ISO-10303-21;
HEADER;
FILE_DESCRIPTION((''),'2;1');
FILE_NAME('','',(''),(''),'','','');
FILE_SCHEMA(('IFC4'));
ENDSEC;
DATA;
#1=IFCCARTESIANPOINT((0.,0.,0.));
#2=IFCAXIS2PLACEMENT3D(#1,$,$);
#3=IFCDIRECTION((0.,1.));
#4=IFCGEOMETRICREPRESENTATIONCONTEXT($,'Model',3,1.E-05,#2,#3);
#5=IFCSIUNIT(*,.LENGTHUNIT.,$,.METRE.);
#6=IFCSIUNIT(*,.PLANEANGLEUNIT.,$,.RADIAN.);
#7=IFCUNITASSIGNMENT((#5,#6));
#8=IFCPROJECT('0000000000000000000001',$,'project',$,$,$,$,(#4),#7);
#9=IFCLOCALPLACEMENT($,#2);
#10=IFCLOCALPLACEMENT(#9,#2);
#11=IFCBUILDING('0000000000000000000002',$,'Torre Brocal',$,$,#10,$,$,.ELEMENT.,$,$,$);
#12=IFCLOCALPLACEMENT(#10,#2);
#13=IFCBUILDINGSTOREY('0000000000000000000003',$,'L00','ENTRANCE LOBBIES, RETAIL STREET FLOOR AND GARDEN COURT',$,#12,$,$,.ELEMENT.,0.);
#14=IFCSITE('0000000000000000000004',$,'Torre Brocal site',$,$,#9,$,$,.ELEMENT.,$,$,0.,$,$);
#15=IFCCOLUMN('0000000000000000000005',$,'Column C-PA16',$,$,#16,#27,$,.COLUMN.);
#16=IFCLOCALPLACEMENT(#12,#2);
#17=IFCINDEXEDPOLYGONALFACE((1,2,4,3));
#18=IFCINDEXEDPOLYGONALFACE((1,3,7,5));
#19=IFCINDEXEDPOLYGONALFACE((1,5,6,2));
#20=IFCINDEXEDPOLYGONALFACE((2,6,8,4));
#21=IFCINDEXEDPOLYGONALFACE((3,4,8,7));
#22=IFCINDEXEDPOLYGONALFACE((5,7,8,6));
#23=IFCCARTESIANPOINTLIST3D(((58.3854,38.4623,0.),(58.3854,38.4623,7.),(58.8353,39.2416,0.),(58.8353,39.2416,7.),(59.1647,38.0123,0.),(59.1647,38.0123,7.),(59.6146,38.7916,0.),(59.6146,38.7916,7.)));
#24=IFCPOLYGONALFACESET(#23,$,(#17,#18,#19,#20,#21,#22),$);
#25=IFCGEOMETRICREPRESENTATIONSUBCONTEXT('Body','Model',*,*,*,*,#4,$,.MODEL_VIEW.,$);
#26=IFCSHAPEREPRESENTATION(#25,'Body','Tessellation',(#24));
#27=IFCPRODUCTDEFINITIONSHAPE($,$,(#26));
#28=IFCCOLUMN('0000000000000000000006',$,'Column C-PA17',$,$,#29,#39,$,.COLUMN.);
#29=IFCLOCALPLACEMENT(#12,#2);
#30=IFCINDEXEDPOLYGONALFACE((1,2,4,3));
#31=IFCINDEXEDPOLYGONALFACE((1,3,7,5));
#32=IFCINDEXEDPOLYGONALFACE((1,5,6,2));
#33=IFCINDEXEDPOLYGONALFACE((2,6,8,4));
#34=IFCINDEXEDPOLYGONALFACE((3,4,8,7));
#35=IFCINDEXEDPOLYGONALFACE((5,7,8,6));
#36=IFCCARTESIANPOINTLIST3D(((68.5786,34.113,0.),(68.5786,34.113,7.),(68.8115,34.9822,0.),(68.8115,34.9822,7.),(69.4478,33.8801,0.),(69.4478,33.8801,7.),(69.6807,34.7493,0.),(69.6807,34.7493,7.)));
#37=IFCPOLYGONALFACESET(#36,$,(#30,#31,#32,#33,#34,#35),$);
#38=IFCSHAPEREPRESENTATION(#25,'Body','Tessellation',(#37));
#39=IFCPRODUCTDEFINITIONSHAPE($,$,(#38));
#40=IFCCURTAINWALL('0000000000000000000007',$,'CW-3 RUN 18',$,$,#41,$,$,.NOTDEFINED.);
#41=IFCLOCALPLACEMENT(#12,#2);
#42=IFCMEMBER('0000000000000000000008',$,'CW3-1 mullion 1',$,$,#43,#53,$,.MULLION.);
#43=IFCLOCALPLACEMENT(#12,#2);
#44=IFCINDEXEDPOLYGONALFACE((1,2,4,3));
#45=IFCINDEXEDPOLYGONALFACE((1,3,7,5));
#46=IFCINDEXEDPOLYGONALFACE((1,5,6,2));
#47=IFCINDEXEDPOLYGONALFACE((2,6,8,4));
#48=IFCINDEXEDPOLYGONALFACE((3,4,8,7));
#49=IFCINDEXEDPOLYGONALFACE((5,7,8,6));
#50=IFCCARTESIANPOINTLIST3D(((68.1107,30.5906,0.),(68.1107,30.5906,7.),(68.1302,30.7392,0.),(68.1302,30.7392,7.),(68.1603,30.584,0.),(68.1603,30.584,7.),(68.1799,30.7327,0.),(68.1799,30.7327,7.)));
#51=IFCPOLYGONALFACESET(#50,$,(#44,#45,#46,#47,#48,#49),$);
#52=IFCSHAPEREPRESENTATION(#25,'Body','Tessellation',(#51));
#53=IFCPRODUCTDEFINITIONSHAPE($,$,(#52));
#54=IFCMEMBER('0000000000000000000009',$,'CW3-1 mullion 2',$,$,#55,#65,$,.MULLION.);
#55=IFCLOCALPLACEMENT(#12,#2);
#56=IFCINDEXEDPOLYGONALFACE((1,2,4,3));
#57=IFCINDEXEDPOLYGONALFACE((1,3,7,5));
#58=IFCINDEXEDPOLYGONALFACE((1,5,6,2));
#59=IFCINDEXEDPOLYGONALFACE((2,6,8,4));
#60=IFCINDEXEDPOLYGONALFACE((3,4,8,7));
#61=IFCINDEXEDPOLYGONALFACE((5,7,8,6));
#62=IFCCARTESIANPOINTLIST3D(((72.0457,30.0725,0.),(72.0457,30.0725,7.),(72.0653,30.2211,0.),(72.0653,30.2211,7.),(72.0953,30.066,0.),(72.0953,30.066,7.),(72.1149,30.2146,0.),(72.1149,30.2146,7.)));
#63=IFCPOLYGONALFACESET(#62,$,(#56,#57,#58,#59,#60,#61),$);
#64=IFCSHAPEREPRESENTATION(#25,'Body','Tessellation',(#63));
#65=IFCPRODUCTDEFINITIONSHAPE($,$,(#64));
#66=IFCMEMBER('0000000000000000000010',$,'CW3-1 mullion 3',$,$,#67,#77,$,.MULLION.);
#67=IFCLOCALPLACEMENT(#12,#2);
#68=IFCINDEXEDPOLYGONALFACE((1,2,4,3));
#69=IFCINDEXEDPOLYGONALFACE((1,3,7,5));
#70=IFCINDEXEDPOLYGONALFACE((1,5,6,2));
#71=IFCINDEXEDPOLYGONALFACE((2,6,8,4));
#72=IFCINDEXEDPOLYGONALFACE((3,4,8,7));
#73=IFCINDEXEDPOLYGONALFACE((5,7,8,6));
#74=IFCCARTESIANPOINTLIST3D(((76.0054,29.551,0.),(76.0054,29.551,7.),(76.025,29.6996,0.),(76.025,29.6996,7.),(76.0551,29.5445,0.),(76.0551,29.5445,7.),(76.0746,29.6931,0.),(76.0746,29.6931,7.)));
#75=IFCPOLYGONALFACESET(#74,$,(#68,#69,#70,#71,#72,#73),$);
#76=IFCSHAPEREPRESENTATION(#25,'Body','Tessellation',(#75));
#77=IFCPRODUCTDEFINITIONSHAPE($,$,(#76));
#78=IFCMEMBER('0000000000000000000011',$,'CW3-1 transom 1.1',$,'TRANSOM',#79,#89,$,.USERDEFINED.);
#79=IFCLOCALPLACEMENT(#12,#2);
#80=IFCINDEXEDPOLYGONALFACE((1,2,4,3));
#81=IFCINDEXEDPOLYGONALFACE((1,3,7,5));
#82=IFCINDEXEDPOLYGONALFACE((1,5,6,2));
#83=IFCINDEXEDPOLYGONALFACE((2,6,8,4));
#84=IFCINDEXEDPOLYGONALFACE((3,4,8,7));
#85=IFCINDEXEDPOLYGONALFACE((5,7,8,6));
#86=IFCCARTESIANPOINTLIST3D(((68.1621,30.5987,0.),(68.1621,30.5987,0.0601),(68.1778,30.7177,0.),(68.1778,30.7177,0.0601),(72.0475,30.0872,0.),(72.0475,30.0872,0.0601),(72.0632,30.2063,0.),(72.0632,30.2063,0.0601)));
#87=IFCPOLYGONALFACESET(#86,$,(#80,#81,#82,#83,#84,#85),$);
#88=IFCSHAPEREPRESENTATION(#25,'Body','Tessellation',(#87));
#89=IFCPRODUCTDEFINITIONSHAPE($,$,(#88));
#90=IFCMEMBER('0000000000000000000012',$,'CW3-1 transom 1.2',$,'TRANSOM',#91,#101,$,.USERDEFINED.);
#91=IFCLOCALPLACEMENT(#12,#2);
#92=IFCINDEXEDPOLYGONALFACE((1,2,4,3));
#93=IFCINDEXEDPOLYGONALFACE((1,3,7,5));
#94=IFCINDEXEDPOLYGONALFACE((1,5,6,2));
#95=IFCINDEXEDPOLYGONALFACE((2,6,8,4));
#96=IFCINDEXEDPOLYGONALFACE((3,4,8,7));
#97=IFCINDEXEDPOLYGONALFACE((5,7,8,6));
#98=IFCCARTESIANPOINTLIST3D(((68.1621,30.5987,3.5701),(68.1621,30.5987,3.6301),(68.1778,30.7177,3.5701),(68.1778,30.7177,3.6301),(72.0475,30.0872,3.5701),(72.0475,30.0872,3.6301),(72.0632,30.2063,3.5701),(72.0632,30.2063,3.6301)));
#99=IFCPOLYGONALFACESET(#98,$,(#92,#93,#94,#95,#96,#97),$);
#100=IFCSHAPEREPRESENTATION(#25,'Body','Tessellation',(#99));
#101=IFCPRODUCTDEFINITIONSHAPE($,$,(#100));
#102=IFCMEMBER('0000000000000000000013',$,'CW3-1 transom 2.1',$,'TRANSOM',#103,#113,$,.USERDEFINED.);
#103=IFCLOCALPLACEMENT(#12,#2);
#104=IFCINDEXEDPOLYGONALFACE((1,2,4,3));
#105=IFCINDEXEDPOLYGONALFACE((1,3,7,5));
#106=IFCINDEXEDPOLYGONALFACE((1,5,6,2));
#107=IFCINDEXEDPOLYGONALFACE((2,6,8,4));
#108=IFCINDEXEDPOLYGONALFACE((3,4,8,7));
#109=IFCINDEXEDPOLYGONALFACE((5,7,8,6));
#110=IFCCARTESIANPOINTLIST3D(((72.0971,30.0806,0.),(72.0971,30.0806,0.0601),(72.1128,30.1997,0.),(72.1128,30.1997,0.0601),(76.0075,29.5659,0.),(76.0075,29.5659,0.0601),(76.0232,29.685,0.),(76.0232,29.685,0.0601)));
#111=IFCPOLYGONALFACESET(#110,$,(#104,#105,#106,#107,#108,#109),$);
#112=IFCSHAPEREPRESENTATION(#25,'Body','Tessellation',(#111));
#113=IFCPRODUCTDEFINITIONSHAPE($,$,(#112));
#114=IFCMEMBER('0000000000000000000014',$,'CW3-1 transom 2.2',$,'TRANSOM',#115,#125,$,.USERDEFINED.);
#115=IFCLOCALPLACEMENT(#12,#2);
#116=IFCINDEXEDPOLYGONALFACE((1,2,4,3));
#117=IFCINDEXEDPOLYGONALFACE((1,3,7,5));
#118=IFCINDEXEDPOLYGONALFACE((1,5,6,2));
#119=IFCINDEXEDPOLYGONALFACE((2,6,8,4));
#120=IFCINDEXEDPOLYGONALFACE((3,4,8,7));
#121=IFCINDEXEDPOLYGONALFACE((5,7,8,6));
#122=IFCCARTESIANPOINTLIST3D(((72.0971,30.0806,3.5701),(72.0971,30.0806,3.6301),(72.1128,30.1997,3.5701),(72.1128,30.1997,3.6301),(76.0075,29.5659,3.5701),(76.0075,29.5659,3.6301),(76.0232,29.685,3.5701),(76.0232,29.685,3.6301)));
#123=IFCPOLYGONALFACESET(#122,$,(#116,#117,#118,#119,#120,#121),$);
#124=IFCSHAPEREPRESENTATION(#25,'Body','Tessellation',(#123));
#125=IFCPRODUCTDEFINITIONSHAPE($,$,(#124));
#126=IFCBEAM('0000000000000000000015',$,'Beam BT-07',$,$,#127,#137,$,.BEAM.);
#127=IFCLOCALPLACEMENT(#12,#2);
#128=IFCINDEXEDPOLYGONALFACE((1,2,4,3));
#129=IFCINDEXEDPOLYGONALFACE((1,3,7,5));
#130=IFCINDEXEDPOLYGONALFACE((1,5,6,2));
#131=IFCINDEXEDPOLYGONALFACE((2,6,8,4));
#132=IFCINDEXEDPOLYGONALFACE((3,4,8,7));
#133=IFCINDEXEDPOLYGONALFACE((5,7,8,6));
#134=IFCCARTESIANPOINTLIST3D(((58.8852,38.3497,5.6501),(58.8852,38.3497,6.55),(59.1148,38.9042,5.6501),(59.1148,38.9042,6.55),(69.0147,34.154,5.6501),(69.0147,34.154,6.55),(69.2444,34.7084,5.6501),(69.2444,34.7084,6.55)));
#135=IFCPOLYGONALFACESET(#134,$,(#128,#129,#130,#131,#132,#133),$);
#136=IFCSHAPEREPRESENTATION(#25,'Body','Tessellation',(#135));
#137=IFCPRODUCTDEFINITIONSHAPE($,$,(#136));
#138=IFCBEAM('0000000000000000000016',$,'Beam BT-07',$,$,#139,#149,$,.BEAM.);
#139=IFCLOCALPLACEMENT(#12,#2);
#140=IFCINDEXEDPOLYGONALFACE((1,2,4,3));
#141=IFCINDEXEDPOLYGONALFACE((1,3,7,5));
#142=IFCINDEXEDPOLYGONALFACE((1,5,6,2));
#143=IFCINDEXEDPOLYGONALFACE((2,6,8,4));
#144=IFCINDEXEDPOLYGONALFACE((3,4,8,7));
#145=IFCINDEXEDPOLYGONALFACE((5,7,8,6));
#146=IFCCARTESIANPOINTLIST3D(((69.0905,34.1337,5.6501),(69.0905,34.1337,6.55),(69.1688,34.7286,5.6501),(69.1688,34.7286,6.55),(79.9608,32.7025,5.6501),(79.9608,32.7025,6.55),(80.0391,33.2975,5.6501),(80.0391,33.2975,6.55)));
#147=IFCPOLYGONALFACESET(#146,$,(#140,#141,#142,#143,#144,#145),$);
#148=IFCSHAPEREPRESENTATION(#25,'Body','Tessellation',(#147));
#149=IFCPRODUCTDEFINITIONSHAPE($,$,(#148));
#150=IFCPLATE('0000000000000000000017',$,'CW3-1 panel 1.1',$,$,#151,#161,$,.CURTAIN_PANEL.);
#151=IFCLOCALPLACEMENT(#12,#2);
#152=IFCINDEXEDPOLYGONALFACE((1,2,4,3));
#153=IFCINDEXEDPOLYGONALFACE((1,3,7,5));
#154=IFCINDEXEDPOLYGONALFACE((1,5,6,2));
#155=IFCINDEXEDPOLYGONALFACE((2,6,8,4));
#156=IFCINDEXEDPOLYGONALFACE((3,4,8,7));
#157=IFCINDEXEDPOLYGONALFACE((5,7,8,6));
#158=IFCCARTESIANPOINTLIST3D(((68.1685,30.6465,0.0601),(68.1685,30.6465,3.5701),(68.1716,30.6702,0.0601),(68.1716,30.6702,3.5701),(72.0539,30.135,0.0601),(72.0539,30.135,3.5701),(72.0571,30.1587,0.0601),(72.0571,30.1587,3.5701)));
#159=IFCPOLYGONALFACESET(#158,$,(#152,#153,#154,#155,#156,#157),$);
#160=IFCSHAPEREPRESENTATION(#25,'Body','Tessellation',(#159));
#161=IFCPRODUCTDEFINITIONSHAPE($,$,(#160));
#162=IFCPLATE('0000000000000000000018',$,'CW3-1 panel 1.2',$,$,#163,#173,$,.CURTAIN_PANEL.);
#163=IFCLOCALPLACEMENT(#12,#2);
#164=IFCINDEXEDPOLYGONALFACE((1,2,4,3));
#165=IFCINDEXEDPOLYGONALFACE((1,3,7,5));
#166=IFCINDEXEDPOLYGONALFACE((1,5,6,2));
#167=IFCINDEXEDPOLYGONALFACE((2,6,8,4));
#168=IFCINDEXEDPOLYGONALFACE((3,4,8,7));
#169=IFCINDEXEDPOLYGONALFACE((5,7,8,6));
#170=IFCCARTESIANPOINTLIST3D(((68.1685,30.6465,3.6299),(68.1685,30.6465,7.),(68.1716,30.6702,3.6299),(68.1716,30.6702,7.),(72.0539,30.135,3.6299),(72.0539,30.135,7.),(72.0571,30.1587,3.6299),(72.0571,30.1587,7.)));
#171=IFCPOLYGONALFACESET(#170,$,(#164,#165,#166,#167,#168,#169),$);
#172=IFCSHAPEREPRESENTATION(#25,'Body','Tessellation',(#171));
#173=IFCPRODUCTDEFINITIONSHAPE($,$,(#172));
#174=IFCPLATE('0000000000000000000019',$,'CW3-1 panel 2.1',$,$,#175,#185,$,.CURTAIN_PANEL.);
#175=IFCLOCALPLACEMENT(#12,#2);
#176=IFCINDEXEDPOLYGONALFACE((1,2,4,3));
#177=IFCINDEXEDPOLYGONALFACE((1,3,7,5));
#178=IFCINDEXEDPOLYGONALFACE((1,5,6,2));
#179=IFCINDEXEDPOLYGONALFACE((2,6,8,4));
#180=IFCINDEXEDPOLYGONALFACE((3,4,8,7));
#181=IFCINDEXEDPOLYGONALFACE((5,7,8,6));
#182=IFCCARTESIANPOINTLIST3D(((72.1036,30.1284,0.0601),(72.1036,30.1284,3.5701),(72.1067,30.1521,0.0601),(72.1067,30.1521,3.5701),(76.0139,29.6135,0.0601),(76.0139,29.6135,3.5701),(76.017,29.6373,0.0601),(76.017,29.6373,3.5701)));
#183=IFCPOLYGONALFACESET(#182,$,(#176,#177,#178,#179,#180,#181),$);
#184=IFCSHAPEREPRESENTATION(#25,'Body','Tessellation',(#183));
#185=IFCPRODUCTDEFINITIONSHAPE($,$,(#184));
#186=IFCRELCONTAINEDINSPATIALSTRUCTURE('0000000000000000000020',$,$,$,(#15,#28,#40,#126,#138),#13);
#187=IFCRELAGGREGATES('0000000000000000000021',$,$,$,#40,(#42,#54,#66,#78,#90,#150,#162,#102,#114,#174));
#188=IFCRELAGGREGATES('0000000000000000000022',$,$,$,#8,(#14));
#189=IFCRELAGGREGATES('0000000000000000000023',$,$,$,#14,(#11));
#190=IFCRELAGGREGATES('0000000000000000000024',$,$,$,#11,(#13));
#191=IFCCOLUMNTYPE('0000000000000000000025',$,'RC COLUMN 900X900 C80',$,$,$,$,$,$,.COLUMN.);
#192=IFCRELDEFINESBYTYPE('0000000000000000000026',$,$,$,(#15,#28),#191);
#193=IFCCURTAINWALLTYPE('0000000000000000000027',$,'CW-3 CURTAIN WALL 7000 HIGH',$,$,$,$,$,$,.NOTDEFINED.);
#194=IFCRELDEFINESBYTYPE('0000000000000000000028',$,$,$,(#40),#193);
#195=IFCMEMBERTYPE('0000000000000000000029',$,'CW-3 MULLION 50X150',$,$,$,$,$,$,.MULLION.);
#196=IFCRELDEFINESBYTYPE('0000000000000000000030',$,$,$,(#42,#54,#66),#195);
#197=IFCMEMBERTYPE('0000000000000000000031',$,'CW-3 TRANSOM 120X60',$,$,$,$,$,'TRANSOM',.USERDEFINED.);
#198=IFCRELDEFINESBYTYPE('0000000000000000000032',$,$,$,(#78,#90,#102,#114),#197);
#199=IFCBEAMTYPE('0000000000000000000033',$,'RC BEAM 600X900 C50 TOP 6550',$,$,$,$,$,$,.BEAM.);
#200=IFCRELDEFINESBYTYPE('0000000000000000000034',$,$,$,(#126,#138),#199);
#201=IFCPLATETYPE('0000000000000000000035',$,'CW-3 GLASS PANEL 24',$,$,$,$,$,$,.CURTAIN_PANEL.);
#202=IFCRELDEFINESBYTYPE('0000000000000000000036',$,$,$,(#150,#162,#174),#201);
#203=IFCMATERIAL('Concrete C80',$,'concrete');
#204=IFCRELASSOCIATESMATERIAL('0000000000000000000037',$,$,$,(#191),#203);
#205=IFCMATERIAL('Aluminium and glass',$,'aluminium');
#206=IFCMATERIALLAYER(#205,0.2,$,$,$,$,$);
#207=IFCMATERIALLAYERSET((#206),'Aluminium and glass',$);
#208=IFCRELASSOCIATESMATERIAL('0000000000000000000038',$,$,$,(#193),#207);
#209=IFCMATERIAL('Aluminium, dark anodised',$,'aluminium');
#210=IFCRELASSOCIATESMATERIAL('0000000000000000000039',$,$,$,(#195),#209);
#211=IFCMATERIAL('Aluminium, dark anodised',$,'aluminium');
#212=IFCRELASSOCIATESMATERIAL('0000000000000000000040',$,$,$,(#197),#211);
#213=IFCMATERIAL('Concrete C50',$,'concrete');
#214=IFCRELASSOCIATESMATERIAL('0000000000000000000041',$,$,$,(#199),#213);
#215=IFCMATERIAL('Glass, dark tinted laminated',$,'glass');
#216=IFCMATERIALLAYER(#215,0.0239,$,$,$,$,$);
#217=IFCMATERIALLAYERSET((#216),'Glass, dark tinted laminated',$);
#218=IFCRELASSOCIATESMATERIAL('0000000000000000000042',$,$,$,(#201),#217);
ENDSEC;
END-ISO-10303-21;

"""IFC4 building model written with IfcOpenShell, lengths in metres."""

from ifc_helpers import new_model, si_unit, direction, frame, origin, origin_2d, place, context, subcontext, project, spatial, rectangle, extrude, material, layer, layer_set, material_profile, profile_set, type_object, element, aggregate, save


model = new_model("IFC4")

# Units and contexts
model_context = context("Model", 3, precision=1e-05, world=origin(), true_north=direction((0.0, 1.0)))
body_context = subcontext(model_context, "Body", "Model", "MODEL_VIEW")
ifc_project = project(units=[si_unit("LENGTHUNIT", "METRE"), si_unit("PLANEANGLEUNIT", "RADIAN")], contexts=[model_context])

# Site, building, storey
site_placement = place(None, origin())
site = spatial("IfcSite", under=ifc_project, at=site_placement, Name="Torre Brocal site", CompositionType="ELEMENT", RefElevation=0.0)
building_placement = place(site_placement, origin())
building = spatial("IfcBuilding", under=site, at=building_placement, Name="Torre Brocal", CompositionType="ELEMENT")
storey_placement = place(building_placement, origin())
storey = spatial("IfcBuildingStorey", under=building, at=storey_placement, Name="L00", Description="ENTRANCE LOBBIES, RETAIL STREET FLOOR AND GARDEN COURT", CompositionType="ELEMENT", Elevation=0.0)

# Columns
ifc_material_1 = material(Name="Concrete C80", Category="concrete")
ifc_material_profile_1 = material_profile(ifc_material_1, rectangle(XDim=0.8999, YDim=0.8999, at=origin_2d()), Name="RC 900X900")
ifc_profile_set_1 = profile_set([ifc_material_profile_1], Name="Concrete C80")
column_type = type_object("IfcColumnType", Name="RC COLUMN 900X900 C80", PredefinedType="COLUMN", material=ifc_profile_set_1)
for number, where, z_axis, x_axis, name in (
    (1, (59.0, 38.627, 0.0), (0.0, 0.0, 1.0), (-0.5, -0.866025, 0.0), "Column C-PA16"),
    (2, (69.1296, 34.4312, 0.0), (0.0, 0.0, 1.0), (-0.258819, -0.965926, 0.0), "Column C-PA17"),
):
    element("IfcColumn", number, at=place(storey_placement, frame(where, z_axis=z_axis, x_axis=x_axis)), inside=storey, type_object=column_type, Name=name, PredefinedType="COLUMN", context=body_context, shape_type="SweptSolid", body=[
        extrude(rectangle(XDim=0.8999, YDim=0.8999, at=origin_2d()), origin(), (0.0, 0.0, 1.0), 7.0),
    ])

# Curtain wall, members
ifc_material_2 = material(Name="Aluminium and glass", Category="aluminium")
ifc_layer_1 = layer(ifc_material_2, 0.2)
ifc_layer_set_1 = layer_set([ifc_layer_1], Name="Aluminium and glass")
curtain_wall_type = type_object("IfcCurtainWallType", Name="CW-3 CURTAIN WALL 7000 HIGH", PredefinedType="NOTDEFINED", material=ifc_layer_set_1)
curtain_wall_placement = place(storey_placement, origin())
curtain_wall = element("IfcCurtainWall", 3, at=curtain_wall_placement, inside=storey, type_object=curtain_wall_type, Name="CW-3 RUN 18", PredefinedType="NOTDEFINED")
ifc_material_3 = material(Name="Aluminium, dark anodised", Category="aluminium")
ifc_material_profile_2 = material_profile(ifc_material_3, rectangle(XDim=0.1499, YDim=0.05, at=origin_2d()), Name="CW-3 MULLION 50X150")
ifc_profile_set_2 = profile_set([ifc_material_profile_2], Name="Aluminium, dark anodised")
member_type_1 = type_object("IfcMemberType", Name="CW-3 MULLION 50X150", PredefinedType="MULLION", material=ifc_profile_set_2)
member_1_placement = place(storey_placement, frame((68.1453, 30.6616, 0.0), z_axis=(0.0, 0.0, 1.0), x_axis=(0.130526, 0.991445, 0.0)))
member_1 = element("IfcMember", 4, at=member_1_placement, type_object=member_type_1, Name="CW3-1 mullion 1", PredefinedType="MULLION", context=body_context, shape_type="SweptSolid", body=[
    extrude(rectangle(XDim=0.1499, YDim=0.05, at=origin_2d()), origin(), (0.0, 0.0, 1.0), 7.0),
])
member_2_placement = place(storey_placement, frame((72.0803, 30.1436, 0.0), z_axis=(0.0, 0.0, 1.0), x_axis=(0.130526, 0.991445, 0.0)))
member_2 = element("IfcMember", 5, at=member_2_placement, type_object=member_type_1, Name="CW3-1 mullion 2", PredefinedType="MULLION", context=body_context, shape_type="SweptSolid", body=[
    extrude(rectangle(XDim=0.1499, YDim=0.05, at=origin_2d()), origin(), (0.0, 0.0, 1.0), 7.0),
])
member_3_placement = place(storey_placement, frame((76.04, 29.6221, 0.0), z_axis=(0.0, 0.0, 1.0), x_axis=(0.130526, 0.991445, 0.0)))
member_3 = element("IfcMember", 6, at=member_3_placement, type_object=member_type_1, Name="CW3-1 mullion 3", PredefinedType="MULLION", context=body_context, shape_type="SweptSolid", body=[
    extrude(rectangle(XDim=0.1499, YDim=0.05, at=origin_2d()), origin(), (0.0, 0.0, 1.0), 7.0),
])
ifc_material_4 = material(Name="Aluminium, dark anodised", Category="aluminium")
ifc_material_profile_3 = material_profile(ifc_material_4, rectangle(XDim=0.1201, YDim=0.0601, at=origin_2d()), Name="CW-3 TRANSOM 120X60")
ifc_profile_set_3 = profile_set([ifc_material_profile_3], Name="Aluminium, dark anodised")
member_type_2 = type_object("IfcMemberType", Name="CW-3 TRANSOM 120X60", ElementType="TRANSOM", PredefinedType="USERDEFINED", material=ifc_profile_set_3)
member_4_placement = place(storey_placement, frame((68.1699, 30.6582, 0.03), z_axis=(0.991447, -0.130511, 0.0), x_axis=(0.130511, 0.991447, 0.0)))
member_4 = element("IfcMember", 7, at=member_4_placement, type_object=member_type_2, Name="CW3-1 transom 1.1", ObjectType="TRANSOM", PredefinedType="USERDEFINED", context=body_context, shape_type="SweptSolid", body=[
    extrude(rectangle(XDim=0.1201, YDim=0.0601, at=origin_2d()), origin(), (0.0, 0.0, 1.0), 3.9189),
])
member_5_placement = place(storey_placement, frame((68.1699, 30.6582, 3.6001), z_axis=(0.991447, -0.130511, 0.0), x_axis=(0.130511, 0.991447, 0.0)))
member_5 = element("IfcMember", 8, at=member_5_placement, type_object=member_type_2, Name="CW3-1 transom 1.2", ObjectType="TRANSOM", PredefinedType="USERDEFINED", context=body_context, shape_type="SweptSolid", body=[
    extrude(rectangle(XDim=0.1201, YDim=0.0601, at=origin_2d()), origin(), (0.0, 0.0, 1.0), 3.9189),
])
member_6_placement = place(storey_placement, frame((72.105, 30.1401, 0.03), z_axis=(0.99145, -0.130485, 0.0), x_axis=(0.130485, 0.99145, 0.0)))
member_6 = element("IfcMember", 9, at=member_6_placement, type_object=member_type_2, Name="CW3-1 transom 2.1", ObjectType="TRANSOM", PredefinedType="USERDEFINED", context=body_context, shape_type="SweptSolid", body=[
    extrude(rectangle(XDim=0.1201, YDim=0.0601, at=origin_2d()), origin(), (0.0, 0.0, 1.0), 3.9441),
])
member_7_placement = place(storey_placement, frame((72.105, 30.1401, 3.6001), z_axis=(0.99145, -0.130485, 0.0), x_axis=(0.130485, 0.99145, 0.0)))
member_7 = element("IfcMember", 10, at=member_7_placement, type_object=member_type_2, Name="CW3-1 transom 2.2", ObjectType="TRANSOM", PredefinedType="USERDEFINED", context=body_context, shape_type="SweptSolid", body=[
    extrude(rectangle(XDim=0.1201, YDim=0.0601, at=origin_2d()), origin(), (0.0, 0.0, 1.0), 3.9441),
])

# Beams
ifc_material_5 = material(Name="Concrete C50", Category="concrete")
ifc_material_profile_4 = material_profile(ifc_material_5, rectangle(XDim=0.6001, YDim=0.8999, at=origin_2d()), Name="RC 600X900")
ifc_profile_set_4 = profile_set([ifc_material_profile_4], Name="Concrete C50")
beam_type = type_object("IfcBeamType", Name="RC BEAM 600X900 C50 TOP 6550", PredefinedType="BEAM", material=ifc_profile_set_4)
for number, where, z_axis, x_axis, name in (
    (11, (59.0, 38.627, 6.1001), (0.923881, -0.382681, 0.0), (0.382681, 0.923881, 0.0), "Beam BT-07"),
    (12, (69.1296, 34.4312, 6.1001), (0.991444, -0.13053, 0.0), (0.13053, 0.991444, 0.0), "Beam BT-07"),
):
    element("IfcBeam", number, at=place(storey_placement, frame(where, z_axis=z_axis, x_axis=x_axis)), inside=storey, type_object=beam_type, Name=name, PredefinedType="BEAM", context=body_context, shape_type="SweptSolid", body=[
        extrude(rectangle(XDim=0.6001, YDim=0.8999, at=origin_2d()), origin(), (0.0, 0.0, 1.0), 10.9641),
    ])

# Plates
ifc_material_6 = material(Name="Glass, dark tinted laminated", Category="glass")
ifc_layer_2 = layer(ifc_material_6, 0.0239)
ifc_layer_set_2 = layer_set([ifc_layer_2], Name="Glass, dark tinted laminated")
plate_type = type_object("IfcPlateType", Name="CW-3 GLASS PANEL 24", PredefinedType="CURTAIN_PANEL", material=ifc_layer_set_2)
plate_1_placement = place(storey_placement, frame((70.1128, 30.4026, 0.0601), z_axis=(0.0, 0.0, 1.0), x_axis=(0.991445, -0.130526, 0.0)))
plate_1 = element("IfcPlate", 13, at=plate_1_placement, type_object=plate_type, Name="CW3-1 panel 1.1", PredefinedType="CURTAIN_PANEL", context=body_context, shape_type="SweptSolid", body=[
    extrude(rectangle(XDim=3.9189, YDim=0.0239, at=origin_2d()), origin(), (0.0, 0.0, 1.0), 3.51),
])
plate_2_placement = place(storey_placement, frame((70.1128, 30.4026, 3.6299), z_axis=(0.0, 0.0, 1.0), x_axis=(0.991445, -0.130526, 0.0)))
plate_2 = element("IfcPlate", 14, at=plate_2_placement, type_object=plate_type, Name="CW3-1 panel 1.2", PredefinedType="CURTAIN_PANEL", context=body_context, shape_type="SweptSolid", body=[
    extrude(rectangle(XDim=3.9189, YDim=0.0239, at=origin_2d()), origin(), (0.0, 0.0, 1.0), 3.3701),
])
plate_3_placement = place(storey_placement, frame((74.0603, 29.8828, 0.0601), z_axis=(0.0, 0.0, 1.0), x_axis=(0.991445, -0.130526, 0.0)))
plate_3 = element("IfcPlate", 15, at=plate_3_placement, type_object=plate_type, Name="CW3-1 panel 2.1", PredefinedType="CURTAIN_PANEL", context=body_context, shape_type="SweptSolid", body=[
    extrude(rectangle(XDim=3.9441, YDim=0.0239, at=origin_2d()), origin(), (0.0, 0.0, 1.0), 3.51),
])
aggregate(curtain_wall, [member_1, member_2, member_3, member_4, member_5, plate_1, plate_2, member_6, member_7, plate_3])

save(model, "model.ifc")
